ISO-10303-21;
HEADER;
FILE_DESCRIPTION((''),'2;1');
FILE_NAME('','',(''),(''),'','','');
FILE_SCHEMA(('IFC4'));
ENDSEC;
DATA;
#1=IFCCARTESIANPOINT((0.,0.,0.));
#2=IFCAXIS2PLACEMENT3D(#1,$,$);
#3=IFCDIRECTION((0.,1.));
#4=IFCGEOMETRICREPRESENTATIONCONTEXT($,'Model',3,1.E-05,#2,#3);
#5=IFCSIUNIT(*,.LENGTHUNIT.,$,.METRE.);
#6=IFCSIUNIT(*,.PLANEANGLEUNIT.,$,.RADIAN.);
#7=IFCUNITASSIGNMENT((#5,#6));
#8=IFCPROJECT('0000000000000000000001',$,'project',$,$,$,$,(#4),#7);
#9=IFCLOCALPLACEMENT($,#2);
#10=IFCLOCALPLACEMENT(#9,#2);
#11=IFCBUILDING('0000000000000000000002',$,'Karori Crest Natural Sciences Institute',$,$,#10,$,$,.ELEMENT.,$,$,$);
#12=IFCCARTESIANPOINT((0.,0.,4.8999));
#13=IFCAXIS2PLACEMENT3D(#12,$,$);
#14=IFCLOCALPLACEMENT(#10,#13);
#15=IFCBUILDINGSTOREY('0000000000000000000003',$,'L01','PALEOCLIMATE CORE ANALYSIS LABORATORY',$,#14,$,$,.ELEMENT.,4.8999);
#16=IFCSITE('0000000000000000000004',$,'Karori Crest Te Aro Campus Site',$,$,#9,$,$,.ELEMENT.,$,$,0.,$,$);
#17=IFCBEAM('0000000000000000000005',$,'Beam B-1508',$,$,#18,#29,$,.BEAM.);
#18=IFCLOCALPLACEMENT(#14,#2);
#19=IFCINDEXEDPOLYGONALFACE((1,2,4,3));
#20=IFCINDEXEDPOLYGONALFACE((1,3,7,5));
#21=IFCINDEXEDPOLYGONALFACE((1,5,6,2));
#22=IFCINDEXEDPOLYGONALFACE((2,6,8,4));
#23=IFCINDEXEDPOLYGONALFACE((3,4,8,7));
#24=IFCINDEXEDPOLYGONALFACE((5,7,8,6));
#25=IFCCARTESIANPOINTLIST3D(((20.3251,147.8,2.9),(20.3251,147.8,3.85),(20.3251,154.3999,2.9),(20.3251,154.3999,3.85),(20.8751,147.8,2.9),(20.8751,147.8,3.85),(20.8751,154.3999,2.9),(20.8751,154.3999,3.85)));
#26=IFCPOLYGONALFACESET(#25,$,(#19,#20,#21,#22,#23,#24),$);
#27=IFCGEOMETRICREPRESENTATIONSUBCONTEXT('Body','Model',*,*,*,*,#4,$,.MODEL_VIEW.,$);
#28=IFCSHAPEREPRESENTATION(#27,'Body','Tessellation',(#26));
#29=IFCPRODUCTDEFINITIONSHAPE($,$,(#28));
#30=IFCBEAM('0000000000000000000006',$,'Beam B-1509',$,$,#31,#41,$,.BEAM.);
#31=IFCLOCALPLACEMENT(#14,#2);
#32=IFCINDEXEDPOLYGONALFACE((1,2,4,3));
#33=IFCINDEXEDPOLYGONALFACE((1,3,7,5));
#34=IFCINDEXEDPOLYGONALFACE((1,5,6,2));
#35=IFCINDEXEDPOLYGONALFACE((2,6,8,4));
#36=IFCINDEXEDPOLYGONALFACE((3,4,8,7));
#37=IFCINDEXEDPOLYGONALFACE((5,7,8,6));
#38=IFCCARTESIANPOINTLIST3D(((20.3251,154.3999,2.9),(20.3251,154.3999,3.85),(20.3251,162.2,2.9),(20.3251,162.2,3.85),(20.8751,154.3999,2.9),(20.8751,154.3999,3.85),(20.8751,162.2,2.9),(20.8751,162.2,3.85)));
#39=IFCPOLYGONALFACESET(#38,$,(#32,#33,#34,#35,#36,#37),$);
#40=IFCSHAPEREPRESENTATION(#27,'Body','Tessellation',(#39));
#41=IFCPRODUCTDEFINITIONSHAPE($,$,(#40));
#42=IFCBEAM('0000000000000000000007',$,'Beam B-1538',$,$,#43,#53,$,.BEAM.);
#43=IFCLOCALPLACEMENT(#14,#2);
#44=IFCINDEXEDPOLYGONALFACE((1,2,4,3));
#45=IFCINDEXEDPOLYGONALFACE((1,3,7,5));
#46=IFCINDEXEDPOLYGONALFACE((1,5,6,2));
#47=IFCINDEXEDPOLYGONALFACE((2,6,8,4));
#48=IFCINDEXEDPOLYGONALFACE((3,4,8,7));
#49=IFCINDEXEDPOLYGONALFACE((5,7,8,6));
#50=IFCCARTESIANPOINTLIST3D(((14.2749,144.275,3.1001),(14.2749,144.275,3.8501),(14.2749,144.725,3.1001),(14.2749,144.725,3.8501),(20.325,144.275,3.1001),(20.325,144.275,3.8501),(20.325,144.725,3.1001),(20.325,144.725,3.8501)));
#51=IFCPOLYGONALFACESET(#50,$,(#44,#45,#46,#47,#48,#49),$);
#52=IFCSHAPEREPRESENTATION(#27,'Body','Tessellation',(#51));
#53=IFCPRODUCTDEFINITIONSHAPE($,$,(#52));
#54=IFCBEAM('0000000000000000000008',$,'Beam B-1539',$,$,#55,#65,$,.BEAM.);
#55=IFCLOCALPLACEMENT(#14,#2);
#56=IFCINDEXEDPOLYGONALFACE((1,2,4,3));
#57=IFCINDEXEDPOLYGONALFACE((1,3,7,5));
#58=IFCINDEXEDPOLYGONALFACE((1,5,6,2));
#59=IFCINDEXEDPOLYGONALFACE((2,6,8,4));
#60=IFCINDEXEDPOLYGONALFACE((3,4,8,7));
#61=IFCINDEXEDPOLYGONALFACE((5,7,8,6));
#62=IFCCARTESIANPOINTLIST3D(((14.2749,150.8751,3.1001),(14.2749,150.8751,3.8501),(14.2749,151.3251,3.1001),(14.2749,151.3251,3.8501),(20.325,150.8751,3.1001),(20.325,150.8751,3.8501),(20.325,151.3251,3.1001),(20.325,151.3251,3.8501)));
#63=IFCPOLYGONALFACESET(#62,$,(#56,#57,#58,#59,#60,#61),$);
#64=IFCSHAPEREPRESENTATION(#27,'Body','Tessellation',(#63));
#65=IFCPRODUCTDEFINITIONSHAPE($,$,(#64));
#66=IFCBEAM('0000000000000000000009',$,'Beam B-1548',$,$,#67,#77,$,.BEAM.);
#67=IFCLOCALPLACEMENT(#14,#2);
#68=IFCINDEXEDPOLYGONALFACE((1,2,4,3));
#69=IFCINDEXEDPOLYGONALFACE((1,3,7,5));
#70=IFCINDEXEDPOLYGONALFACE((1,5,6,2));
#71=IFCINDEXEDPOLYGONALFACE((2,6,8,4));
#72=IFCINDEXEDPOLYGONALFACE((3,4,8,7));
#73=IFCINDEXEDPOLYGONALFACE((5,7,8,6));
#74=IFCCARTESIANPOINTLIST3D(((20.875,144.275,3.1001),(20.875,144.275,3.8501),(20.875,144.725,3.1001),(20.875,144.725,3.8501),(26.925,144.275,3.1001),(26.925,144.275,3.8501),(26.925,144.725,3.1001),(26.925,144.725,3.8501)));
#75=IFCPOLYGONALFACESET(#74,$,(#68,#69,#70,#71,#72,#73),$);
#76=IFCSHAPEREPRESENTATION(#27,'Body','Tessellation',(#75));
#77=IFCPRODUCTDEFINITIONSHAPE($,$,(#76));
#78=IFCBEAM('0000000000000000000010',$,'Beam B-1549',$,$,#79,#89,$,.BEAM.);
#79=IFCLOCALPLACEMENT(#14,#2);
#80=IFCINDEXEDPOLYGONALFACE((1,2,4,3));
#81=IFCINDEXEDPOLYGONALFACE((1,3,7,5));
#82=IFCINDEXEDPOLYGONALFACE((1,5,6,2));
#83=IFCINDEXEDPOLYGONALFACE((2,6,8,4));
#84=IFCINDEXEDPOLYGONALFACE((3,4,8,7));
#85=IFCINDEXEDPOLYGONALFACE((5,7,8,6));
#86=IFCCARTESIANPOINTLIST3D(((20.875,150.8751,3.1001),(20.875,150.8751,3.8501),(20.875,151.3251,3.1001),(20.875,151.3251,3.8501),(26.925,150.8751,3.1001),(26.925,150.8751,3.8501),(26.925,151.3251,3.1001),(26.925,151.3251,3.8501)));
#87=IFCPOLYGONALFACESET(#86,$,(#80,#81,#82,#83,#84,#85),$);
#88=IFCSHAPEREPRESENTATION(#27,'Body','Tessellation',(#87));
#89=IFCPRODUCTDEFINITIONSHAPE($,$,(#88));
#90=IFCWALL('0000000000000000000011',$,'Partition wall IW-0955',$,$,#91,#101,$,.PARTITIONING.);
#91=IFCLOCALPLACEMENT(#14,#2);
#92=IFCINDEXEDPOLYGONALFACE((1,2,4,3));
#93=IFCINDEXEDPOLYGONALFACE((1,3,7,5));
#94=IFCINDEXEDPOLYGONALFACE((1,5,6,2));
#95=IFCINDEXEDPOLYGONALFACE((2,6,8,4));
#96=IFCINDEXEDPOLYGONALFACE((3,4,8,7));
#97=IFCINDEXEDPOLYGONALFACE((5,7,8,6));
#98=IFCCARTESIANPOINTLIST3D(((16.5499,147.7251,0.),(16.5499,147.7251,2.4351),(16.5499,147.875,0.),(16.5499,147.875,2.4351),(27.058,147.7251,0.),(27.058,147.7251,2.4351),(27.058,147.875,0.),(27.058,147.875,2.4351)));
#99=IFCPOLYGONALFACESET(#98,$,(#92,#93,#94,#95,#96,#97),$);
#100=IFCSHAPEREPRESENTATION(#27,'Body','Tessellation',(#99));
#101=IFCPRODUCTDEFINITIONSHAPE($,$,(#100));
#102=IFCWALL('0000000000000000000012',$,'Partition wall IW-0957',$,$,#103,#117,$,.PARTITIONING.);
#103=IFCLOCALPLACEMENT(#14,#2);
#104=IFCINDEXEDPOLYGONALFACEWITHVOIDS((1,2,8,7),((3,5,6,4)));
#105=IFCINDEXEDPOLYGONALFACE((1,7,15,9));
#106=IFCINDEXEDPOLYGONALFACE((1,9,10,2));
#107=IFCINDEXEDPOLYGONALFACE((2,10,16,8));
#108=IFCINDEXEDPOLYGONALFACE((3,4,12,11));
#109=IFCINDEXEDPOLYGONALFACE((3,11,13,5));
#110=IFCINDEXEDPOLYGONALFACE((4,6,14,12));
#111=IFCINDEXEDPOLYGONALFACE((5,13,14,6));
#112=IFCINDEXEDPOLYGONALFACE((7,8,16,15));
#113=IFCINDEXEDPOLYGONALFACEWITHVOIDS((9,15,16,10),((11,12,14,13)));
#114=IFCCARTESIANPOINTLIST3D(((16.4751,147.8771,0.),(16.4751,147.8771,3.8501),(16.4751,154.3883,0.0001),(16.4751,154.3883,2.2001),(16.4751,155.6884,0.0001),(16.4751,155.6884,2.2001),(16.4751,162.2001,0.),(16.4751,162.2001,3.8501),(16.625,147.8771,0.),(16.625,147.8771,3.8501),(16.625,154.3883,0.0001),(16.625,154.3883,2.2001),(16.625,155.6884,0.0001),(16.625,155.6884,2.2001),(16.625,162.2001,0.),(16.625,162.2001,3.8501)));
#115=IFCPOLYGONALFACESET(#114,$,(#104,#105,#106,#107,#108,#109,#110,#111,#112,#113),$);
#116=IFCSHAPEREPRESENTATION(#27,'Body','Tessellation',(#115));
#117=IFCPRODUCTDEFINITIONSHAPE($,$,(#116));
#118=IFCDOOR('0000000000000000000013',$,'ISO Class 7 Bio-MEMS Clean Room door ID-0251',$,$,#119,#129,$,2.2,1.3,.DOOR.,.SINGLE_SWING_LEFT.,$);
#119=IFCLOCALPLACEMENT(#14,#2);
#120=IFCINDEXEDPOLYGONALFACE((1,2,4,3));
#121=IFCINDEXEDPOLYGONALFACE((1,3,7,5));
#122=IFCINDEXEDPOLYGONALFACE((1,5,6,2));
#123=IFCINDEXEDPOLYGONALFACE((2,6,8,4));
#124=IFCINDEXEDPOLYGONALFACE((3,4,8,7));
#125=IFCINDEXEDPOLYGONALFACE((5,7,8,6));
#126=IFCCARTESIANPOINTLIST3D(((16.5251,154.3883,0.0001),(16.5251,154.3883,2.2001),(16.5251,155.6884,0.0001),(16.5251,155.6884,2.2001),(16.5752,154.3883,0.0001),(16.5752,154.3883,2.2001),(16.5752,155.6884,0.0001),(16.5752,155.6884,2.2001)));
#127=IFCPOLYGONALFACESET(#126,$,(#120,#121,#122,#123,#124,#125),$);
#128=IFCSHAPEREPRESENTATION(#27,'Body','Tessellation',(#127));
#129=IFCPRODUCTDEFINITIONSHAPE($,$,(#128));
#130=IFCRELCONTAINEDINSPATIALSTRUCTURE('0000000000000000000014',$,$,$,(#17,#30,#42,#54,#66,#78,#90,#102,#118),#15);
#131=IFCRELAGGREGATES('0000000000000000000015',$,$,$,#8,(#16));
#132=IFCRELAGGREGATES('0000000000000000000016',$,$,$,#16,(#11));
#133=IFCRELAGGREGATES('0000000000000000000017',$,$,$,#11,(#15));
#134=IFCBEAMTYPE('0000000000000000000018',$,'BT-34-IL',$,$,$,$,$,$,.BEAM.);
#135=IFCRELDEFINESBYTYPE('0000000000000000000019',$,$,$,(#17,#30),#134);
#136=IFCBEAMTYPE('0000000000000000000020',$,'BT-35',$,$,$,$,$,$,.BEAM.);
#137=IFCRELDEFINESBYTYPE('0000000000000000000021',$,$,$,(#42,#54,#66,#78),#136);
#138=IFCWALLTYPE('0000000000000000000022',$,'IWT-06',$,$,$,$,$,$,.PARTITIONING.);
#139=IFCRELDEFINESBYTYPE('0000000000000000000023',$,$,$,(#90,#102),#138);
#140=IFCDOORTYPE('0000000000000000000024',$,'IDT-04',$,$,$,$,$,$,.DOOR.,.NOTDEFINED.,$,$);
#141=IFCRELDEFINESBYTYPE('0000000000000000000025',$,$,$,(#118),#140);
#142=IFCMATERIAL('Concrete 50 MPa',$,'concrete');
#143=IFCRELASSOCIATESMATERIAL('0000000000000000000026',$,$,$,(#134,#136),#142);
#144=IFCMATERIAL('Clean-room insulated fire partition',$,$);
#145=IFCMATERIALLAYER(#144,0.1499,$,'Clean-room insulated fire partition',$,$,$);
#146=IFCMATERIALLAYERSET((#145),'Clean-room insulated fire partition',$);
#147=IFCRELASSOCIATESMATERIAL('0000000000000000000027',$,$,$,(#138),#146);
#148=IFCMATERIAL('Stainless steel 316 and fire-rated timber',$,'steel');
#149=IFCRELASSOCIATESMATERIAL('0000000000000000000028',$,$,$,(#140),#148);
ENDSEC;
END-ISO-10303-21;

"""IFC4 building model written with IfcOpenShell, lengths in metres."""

from ifc_helpers import new_model, si_unit, direction, frame, frame_2d, origin, origin_2d, place, context, subcontext, project, spatial, rectangle, extrude, material, layer, layer_set, material_profile, profile_set, type_object, element, fill, save


model = new_model("IFC4")

# Units and contexts
model_context = context("Model", 3, precision=1e-05, world=origin(), true_north=direction((0.0, 1.0)))
body_context = subcontext(model_context, "Body", "Model", "MODEL_VIEW")
ifc_project = project(units=[si_unit("LENGTHUNIT", "METRE"), si_unit("PLANEANGLEUNIT", "RADIAN")], contexts=[model_context])

# Site, building, storey
site_placement = place(None, origin())
site = spatial("IfcSite", under=ifc_project, at=site_placement, Name="Karori Crest Te Aro Campus Site", CompositionType="ELEMENT", RefElevation=0.0)
building_placement = place(site_placement, origin())
building = spatial("IfcBuilding", under=site, at=building_placement, Name="Karori Crest Natural Sciences Institute", CompositionType="ELEMENT")
storey_placement = place(building_placement, frame((0.0, 0.0, 4.8999)))
storey = spatial("IfcBuildingStorey", under=building, at=storey_placement, Name="L01", Description="PALEOCLIMATE CORE ANALYSIS LABORATORY", CompositionType="ELEMENT", Elevation=4.8999)

# Shared definitions
ifc_material_1 = material(Name="Concrete 50 MPa", Category="concrete")

# Beams
ifc_material_profile_1 = material_profile(ifc_material_1, rectangle(XDim=0.55, YDim=0.95, at=origin_2d()), Name="RCB550x950")
ifc_profile_set_1 = profile_set([ifc_material_profile_1], Name="Concrete 50 MPa")
beam_type_1 = type_object("IfcBeamType", Name="BT-34-IL", PredefinedType="BEAM", material=ifc_profile_set_1)
beam_1_placement = place(storey_placement, frame((20.6001, 147.8, 3.375), z_axis=(0.0, 1.0, 0.0), x_axis=(-1.0, 0.0, 0.0)))
element("IfcBeam", 1, at=beam_1_placement, inside=storey, type_object=beam_type_1, Name="Beam B-1508", PredefinedType="BEAM", context=body_context, shape_type="SweptSolid", body=[
    extrude(rectangle(XDim=0.55, YDim=0.95, at=origin_2d()), origin(), (0.0, 0.0, 1.0), 6.5999),
])
beam_2_placement = place(storey_placement, frame((20.6001, 154.3999, 3.375), z_axis=(0.0, 1.0, 0.0), x_axis=(-1.0, 0.0, 0.0)))
element("IfcBeam", 2, at=beam_2_placement, inside=storey, type_object=beam_type_1, Name="Beam B-1509", PredefinedType="BEAM", context=body_context, shape_type="SweptSolid", body=[
    extrude(rectangle(XDim=0.55, YDim=0.95, at=origin_2d()), origin(), (0.0, 0.0, 1.0), 7.8),
])
ifc_material_profile_2 = material_profile(ifc_material_1, rectangle(XDim=0.45, YDim=0.75, at=origin_2d()), Name="RCB450x750")
ifc_profile_set_2 = profile_set([ifc_material_profile_2], Name="Concrete 50 MPa")
beam_type_2 = type_object("IfcBeamType", Name="BT-35", PredefinedType="BEAM", material=ifc_profile_set_2)
for number, where, z_axis, x_axis, name in (
    (3, (14.2749, 144.5, 3.4751), (1.0, 0.0, 0.0), (0.0, 1.0, 0.0), "Beam B-1538"),
    (4, (14.2749, 151.1001, 3.4751), (1.0, 0.0, 0.0), (0.0, 1.0, 0.0), "Beam B-1539"),
    (5, (20.875, 144.5, 3.4751), (1.0, 0.0, 0.0), (0.0, 1.0, 0.0), "Beam B-1548"),
    (6, (20.875, 151.1001, 3.4751), (1.0, 0.0, 0.0), (0.0, 1.0, 0.0), "Beam B-1549"),
):
    element("IfcBeam", number, at=place(storey_placement, frame(where, z_axis=z_axis, x_axis=x_axis)), inside=storey, type_object=beam_type_2, Name=name, PredefinedType="BEAM", context=body_context, shape_type="SweptSolid", body=[
        extrude(rectangle(XDim=0.45, YDim=0.75, at=origin_2d()), origin(), (0.0, 0.0, 1.0), 6.05),
    ])

# Wall
ifc_material_2 = material(Name="Clean-room insulated fire partition")
ifc_layer = layer(ifc_material_2, 0.1499, Name="Clean-room insulated fire partition")
ifc_layer_set = layer_set([ifc_layer], Name="Clean-room insulated fire partition")
wall_type = type_object("IfcWallType", Name="IWT-06", PredefinedType="PARTITIONING", material=ifc_layer_set)
wall_1_placement = place(storey_placement, frame((16.55, 147.8, 0.0), z_axis=(0.0, 0.0, 1.0), x_axis=(1.0, 0.0, 0.0)))
element("IfcWall", 7, at=wall_1_placement, inside=storey, type_object=wall_type, Name="Partition wall IW-0955", PredefinedType="PARTITIONING", context=body_context, shape_type="SweptSolid", body=[
    extrude(rectangle(XDim=10.5081, YDim=0.1499, at=frame_2d((5.2539, 0.0))), origin(), (0.0, 0.0, 1.0), 2.4351),
])

# Wall, opening, door
wall_2_placement = place(storey_placement, frame((16.55, 147.877, 0.0), z_axis=(0.0, 0.0, 1.0), x_axis=(0.0, 1.0, 0.0)))
wall_2 = element("IfcWall", 8, at=wall_2_placement, inside=storey, type_object=wall_type, Name="Partition wall IW-0957", PredefinedType="PARTITIONING", context=body_context, shape_type="SweptSolid", body=[
    extrude(rectangle(XDim=14.323, YDim=0.1499, at=frame_2d((7.1616, 0.0))), origin(), (0.0, 0.0, 1.0), 3.8501),
])
opening_placement = place(wall_2_placement, frame((6.5115, 0.0, 0.0)))
opening = element("IfcOpeningElement", 9, at=opening_placement, cuts=wall_2, PredefinedType="OPENING", context=body_context, shape_type="SweptSolid", body=[
    extrude(rectangle(XDim=1.3, YDim=2.2, at=frame_2d((0.6499, 1.1001))), frame((0.0, 0.085, 0.0), z_axis=(0.0, -1.0, 0.0), x_axis=(1.0, 0.0, 0.0)), (0.0, 0.0, 1.0), 0.1699),
])
ifc_material_3 = material(Name="Stainless steel 316 and fire-rated timber", Category="steel")
door_type = type_object("IfcDoorType", Name="IDT-04", OperationType="NOTDEFINED", PredefinedType="DOOR", material=ifc_material_3)
door_placement = place(opening_placement, origin())
door = element("IfcDoor", 10, at=door_placement, inside=storey, type_object=door_type, Name="ISO Class 7 Bio-MEMS Clean Room door ID-0251", OperationType="SINGLE_SWING_LEFT", OverallHeight=2.2, OverallWidth=1.3, PredefinedType="DOOR", context=body_context, shape_type="SweptSolid", body=[
    extrude(rectangle(XDim=1.3, YDim=2.2, at=frame_2d((0.6499, 1.1001))), frame((0.0, 0.0249, 0.0), z_axis=(0.0, -1.0, 0.0), x_axis=(1.0, 0.0, 0.0)), (0.0, 0.0, 1.0), 0.05),
])
fill(opening, door)

save(model, "model.ifc")
